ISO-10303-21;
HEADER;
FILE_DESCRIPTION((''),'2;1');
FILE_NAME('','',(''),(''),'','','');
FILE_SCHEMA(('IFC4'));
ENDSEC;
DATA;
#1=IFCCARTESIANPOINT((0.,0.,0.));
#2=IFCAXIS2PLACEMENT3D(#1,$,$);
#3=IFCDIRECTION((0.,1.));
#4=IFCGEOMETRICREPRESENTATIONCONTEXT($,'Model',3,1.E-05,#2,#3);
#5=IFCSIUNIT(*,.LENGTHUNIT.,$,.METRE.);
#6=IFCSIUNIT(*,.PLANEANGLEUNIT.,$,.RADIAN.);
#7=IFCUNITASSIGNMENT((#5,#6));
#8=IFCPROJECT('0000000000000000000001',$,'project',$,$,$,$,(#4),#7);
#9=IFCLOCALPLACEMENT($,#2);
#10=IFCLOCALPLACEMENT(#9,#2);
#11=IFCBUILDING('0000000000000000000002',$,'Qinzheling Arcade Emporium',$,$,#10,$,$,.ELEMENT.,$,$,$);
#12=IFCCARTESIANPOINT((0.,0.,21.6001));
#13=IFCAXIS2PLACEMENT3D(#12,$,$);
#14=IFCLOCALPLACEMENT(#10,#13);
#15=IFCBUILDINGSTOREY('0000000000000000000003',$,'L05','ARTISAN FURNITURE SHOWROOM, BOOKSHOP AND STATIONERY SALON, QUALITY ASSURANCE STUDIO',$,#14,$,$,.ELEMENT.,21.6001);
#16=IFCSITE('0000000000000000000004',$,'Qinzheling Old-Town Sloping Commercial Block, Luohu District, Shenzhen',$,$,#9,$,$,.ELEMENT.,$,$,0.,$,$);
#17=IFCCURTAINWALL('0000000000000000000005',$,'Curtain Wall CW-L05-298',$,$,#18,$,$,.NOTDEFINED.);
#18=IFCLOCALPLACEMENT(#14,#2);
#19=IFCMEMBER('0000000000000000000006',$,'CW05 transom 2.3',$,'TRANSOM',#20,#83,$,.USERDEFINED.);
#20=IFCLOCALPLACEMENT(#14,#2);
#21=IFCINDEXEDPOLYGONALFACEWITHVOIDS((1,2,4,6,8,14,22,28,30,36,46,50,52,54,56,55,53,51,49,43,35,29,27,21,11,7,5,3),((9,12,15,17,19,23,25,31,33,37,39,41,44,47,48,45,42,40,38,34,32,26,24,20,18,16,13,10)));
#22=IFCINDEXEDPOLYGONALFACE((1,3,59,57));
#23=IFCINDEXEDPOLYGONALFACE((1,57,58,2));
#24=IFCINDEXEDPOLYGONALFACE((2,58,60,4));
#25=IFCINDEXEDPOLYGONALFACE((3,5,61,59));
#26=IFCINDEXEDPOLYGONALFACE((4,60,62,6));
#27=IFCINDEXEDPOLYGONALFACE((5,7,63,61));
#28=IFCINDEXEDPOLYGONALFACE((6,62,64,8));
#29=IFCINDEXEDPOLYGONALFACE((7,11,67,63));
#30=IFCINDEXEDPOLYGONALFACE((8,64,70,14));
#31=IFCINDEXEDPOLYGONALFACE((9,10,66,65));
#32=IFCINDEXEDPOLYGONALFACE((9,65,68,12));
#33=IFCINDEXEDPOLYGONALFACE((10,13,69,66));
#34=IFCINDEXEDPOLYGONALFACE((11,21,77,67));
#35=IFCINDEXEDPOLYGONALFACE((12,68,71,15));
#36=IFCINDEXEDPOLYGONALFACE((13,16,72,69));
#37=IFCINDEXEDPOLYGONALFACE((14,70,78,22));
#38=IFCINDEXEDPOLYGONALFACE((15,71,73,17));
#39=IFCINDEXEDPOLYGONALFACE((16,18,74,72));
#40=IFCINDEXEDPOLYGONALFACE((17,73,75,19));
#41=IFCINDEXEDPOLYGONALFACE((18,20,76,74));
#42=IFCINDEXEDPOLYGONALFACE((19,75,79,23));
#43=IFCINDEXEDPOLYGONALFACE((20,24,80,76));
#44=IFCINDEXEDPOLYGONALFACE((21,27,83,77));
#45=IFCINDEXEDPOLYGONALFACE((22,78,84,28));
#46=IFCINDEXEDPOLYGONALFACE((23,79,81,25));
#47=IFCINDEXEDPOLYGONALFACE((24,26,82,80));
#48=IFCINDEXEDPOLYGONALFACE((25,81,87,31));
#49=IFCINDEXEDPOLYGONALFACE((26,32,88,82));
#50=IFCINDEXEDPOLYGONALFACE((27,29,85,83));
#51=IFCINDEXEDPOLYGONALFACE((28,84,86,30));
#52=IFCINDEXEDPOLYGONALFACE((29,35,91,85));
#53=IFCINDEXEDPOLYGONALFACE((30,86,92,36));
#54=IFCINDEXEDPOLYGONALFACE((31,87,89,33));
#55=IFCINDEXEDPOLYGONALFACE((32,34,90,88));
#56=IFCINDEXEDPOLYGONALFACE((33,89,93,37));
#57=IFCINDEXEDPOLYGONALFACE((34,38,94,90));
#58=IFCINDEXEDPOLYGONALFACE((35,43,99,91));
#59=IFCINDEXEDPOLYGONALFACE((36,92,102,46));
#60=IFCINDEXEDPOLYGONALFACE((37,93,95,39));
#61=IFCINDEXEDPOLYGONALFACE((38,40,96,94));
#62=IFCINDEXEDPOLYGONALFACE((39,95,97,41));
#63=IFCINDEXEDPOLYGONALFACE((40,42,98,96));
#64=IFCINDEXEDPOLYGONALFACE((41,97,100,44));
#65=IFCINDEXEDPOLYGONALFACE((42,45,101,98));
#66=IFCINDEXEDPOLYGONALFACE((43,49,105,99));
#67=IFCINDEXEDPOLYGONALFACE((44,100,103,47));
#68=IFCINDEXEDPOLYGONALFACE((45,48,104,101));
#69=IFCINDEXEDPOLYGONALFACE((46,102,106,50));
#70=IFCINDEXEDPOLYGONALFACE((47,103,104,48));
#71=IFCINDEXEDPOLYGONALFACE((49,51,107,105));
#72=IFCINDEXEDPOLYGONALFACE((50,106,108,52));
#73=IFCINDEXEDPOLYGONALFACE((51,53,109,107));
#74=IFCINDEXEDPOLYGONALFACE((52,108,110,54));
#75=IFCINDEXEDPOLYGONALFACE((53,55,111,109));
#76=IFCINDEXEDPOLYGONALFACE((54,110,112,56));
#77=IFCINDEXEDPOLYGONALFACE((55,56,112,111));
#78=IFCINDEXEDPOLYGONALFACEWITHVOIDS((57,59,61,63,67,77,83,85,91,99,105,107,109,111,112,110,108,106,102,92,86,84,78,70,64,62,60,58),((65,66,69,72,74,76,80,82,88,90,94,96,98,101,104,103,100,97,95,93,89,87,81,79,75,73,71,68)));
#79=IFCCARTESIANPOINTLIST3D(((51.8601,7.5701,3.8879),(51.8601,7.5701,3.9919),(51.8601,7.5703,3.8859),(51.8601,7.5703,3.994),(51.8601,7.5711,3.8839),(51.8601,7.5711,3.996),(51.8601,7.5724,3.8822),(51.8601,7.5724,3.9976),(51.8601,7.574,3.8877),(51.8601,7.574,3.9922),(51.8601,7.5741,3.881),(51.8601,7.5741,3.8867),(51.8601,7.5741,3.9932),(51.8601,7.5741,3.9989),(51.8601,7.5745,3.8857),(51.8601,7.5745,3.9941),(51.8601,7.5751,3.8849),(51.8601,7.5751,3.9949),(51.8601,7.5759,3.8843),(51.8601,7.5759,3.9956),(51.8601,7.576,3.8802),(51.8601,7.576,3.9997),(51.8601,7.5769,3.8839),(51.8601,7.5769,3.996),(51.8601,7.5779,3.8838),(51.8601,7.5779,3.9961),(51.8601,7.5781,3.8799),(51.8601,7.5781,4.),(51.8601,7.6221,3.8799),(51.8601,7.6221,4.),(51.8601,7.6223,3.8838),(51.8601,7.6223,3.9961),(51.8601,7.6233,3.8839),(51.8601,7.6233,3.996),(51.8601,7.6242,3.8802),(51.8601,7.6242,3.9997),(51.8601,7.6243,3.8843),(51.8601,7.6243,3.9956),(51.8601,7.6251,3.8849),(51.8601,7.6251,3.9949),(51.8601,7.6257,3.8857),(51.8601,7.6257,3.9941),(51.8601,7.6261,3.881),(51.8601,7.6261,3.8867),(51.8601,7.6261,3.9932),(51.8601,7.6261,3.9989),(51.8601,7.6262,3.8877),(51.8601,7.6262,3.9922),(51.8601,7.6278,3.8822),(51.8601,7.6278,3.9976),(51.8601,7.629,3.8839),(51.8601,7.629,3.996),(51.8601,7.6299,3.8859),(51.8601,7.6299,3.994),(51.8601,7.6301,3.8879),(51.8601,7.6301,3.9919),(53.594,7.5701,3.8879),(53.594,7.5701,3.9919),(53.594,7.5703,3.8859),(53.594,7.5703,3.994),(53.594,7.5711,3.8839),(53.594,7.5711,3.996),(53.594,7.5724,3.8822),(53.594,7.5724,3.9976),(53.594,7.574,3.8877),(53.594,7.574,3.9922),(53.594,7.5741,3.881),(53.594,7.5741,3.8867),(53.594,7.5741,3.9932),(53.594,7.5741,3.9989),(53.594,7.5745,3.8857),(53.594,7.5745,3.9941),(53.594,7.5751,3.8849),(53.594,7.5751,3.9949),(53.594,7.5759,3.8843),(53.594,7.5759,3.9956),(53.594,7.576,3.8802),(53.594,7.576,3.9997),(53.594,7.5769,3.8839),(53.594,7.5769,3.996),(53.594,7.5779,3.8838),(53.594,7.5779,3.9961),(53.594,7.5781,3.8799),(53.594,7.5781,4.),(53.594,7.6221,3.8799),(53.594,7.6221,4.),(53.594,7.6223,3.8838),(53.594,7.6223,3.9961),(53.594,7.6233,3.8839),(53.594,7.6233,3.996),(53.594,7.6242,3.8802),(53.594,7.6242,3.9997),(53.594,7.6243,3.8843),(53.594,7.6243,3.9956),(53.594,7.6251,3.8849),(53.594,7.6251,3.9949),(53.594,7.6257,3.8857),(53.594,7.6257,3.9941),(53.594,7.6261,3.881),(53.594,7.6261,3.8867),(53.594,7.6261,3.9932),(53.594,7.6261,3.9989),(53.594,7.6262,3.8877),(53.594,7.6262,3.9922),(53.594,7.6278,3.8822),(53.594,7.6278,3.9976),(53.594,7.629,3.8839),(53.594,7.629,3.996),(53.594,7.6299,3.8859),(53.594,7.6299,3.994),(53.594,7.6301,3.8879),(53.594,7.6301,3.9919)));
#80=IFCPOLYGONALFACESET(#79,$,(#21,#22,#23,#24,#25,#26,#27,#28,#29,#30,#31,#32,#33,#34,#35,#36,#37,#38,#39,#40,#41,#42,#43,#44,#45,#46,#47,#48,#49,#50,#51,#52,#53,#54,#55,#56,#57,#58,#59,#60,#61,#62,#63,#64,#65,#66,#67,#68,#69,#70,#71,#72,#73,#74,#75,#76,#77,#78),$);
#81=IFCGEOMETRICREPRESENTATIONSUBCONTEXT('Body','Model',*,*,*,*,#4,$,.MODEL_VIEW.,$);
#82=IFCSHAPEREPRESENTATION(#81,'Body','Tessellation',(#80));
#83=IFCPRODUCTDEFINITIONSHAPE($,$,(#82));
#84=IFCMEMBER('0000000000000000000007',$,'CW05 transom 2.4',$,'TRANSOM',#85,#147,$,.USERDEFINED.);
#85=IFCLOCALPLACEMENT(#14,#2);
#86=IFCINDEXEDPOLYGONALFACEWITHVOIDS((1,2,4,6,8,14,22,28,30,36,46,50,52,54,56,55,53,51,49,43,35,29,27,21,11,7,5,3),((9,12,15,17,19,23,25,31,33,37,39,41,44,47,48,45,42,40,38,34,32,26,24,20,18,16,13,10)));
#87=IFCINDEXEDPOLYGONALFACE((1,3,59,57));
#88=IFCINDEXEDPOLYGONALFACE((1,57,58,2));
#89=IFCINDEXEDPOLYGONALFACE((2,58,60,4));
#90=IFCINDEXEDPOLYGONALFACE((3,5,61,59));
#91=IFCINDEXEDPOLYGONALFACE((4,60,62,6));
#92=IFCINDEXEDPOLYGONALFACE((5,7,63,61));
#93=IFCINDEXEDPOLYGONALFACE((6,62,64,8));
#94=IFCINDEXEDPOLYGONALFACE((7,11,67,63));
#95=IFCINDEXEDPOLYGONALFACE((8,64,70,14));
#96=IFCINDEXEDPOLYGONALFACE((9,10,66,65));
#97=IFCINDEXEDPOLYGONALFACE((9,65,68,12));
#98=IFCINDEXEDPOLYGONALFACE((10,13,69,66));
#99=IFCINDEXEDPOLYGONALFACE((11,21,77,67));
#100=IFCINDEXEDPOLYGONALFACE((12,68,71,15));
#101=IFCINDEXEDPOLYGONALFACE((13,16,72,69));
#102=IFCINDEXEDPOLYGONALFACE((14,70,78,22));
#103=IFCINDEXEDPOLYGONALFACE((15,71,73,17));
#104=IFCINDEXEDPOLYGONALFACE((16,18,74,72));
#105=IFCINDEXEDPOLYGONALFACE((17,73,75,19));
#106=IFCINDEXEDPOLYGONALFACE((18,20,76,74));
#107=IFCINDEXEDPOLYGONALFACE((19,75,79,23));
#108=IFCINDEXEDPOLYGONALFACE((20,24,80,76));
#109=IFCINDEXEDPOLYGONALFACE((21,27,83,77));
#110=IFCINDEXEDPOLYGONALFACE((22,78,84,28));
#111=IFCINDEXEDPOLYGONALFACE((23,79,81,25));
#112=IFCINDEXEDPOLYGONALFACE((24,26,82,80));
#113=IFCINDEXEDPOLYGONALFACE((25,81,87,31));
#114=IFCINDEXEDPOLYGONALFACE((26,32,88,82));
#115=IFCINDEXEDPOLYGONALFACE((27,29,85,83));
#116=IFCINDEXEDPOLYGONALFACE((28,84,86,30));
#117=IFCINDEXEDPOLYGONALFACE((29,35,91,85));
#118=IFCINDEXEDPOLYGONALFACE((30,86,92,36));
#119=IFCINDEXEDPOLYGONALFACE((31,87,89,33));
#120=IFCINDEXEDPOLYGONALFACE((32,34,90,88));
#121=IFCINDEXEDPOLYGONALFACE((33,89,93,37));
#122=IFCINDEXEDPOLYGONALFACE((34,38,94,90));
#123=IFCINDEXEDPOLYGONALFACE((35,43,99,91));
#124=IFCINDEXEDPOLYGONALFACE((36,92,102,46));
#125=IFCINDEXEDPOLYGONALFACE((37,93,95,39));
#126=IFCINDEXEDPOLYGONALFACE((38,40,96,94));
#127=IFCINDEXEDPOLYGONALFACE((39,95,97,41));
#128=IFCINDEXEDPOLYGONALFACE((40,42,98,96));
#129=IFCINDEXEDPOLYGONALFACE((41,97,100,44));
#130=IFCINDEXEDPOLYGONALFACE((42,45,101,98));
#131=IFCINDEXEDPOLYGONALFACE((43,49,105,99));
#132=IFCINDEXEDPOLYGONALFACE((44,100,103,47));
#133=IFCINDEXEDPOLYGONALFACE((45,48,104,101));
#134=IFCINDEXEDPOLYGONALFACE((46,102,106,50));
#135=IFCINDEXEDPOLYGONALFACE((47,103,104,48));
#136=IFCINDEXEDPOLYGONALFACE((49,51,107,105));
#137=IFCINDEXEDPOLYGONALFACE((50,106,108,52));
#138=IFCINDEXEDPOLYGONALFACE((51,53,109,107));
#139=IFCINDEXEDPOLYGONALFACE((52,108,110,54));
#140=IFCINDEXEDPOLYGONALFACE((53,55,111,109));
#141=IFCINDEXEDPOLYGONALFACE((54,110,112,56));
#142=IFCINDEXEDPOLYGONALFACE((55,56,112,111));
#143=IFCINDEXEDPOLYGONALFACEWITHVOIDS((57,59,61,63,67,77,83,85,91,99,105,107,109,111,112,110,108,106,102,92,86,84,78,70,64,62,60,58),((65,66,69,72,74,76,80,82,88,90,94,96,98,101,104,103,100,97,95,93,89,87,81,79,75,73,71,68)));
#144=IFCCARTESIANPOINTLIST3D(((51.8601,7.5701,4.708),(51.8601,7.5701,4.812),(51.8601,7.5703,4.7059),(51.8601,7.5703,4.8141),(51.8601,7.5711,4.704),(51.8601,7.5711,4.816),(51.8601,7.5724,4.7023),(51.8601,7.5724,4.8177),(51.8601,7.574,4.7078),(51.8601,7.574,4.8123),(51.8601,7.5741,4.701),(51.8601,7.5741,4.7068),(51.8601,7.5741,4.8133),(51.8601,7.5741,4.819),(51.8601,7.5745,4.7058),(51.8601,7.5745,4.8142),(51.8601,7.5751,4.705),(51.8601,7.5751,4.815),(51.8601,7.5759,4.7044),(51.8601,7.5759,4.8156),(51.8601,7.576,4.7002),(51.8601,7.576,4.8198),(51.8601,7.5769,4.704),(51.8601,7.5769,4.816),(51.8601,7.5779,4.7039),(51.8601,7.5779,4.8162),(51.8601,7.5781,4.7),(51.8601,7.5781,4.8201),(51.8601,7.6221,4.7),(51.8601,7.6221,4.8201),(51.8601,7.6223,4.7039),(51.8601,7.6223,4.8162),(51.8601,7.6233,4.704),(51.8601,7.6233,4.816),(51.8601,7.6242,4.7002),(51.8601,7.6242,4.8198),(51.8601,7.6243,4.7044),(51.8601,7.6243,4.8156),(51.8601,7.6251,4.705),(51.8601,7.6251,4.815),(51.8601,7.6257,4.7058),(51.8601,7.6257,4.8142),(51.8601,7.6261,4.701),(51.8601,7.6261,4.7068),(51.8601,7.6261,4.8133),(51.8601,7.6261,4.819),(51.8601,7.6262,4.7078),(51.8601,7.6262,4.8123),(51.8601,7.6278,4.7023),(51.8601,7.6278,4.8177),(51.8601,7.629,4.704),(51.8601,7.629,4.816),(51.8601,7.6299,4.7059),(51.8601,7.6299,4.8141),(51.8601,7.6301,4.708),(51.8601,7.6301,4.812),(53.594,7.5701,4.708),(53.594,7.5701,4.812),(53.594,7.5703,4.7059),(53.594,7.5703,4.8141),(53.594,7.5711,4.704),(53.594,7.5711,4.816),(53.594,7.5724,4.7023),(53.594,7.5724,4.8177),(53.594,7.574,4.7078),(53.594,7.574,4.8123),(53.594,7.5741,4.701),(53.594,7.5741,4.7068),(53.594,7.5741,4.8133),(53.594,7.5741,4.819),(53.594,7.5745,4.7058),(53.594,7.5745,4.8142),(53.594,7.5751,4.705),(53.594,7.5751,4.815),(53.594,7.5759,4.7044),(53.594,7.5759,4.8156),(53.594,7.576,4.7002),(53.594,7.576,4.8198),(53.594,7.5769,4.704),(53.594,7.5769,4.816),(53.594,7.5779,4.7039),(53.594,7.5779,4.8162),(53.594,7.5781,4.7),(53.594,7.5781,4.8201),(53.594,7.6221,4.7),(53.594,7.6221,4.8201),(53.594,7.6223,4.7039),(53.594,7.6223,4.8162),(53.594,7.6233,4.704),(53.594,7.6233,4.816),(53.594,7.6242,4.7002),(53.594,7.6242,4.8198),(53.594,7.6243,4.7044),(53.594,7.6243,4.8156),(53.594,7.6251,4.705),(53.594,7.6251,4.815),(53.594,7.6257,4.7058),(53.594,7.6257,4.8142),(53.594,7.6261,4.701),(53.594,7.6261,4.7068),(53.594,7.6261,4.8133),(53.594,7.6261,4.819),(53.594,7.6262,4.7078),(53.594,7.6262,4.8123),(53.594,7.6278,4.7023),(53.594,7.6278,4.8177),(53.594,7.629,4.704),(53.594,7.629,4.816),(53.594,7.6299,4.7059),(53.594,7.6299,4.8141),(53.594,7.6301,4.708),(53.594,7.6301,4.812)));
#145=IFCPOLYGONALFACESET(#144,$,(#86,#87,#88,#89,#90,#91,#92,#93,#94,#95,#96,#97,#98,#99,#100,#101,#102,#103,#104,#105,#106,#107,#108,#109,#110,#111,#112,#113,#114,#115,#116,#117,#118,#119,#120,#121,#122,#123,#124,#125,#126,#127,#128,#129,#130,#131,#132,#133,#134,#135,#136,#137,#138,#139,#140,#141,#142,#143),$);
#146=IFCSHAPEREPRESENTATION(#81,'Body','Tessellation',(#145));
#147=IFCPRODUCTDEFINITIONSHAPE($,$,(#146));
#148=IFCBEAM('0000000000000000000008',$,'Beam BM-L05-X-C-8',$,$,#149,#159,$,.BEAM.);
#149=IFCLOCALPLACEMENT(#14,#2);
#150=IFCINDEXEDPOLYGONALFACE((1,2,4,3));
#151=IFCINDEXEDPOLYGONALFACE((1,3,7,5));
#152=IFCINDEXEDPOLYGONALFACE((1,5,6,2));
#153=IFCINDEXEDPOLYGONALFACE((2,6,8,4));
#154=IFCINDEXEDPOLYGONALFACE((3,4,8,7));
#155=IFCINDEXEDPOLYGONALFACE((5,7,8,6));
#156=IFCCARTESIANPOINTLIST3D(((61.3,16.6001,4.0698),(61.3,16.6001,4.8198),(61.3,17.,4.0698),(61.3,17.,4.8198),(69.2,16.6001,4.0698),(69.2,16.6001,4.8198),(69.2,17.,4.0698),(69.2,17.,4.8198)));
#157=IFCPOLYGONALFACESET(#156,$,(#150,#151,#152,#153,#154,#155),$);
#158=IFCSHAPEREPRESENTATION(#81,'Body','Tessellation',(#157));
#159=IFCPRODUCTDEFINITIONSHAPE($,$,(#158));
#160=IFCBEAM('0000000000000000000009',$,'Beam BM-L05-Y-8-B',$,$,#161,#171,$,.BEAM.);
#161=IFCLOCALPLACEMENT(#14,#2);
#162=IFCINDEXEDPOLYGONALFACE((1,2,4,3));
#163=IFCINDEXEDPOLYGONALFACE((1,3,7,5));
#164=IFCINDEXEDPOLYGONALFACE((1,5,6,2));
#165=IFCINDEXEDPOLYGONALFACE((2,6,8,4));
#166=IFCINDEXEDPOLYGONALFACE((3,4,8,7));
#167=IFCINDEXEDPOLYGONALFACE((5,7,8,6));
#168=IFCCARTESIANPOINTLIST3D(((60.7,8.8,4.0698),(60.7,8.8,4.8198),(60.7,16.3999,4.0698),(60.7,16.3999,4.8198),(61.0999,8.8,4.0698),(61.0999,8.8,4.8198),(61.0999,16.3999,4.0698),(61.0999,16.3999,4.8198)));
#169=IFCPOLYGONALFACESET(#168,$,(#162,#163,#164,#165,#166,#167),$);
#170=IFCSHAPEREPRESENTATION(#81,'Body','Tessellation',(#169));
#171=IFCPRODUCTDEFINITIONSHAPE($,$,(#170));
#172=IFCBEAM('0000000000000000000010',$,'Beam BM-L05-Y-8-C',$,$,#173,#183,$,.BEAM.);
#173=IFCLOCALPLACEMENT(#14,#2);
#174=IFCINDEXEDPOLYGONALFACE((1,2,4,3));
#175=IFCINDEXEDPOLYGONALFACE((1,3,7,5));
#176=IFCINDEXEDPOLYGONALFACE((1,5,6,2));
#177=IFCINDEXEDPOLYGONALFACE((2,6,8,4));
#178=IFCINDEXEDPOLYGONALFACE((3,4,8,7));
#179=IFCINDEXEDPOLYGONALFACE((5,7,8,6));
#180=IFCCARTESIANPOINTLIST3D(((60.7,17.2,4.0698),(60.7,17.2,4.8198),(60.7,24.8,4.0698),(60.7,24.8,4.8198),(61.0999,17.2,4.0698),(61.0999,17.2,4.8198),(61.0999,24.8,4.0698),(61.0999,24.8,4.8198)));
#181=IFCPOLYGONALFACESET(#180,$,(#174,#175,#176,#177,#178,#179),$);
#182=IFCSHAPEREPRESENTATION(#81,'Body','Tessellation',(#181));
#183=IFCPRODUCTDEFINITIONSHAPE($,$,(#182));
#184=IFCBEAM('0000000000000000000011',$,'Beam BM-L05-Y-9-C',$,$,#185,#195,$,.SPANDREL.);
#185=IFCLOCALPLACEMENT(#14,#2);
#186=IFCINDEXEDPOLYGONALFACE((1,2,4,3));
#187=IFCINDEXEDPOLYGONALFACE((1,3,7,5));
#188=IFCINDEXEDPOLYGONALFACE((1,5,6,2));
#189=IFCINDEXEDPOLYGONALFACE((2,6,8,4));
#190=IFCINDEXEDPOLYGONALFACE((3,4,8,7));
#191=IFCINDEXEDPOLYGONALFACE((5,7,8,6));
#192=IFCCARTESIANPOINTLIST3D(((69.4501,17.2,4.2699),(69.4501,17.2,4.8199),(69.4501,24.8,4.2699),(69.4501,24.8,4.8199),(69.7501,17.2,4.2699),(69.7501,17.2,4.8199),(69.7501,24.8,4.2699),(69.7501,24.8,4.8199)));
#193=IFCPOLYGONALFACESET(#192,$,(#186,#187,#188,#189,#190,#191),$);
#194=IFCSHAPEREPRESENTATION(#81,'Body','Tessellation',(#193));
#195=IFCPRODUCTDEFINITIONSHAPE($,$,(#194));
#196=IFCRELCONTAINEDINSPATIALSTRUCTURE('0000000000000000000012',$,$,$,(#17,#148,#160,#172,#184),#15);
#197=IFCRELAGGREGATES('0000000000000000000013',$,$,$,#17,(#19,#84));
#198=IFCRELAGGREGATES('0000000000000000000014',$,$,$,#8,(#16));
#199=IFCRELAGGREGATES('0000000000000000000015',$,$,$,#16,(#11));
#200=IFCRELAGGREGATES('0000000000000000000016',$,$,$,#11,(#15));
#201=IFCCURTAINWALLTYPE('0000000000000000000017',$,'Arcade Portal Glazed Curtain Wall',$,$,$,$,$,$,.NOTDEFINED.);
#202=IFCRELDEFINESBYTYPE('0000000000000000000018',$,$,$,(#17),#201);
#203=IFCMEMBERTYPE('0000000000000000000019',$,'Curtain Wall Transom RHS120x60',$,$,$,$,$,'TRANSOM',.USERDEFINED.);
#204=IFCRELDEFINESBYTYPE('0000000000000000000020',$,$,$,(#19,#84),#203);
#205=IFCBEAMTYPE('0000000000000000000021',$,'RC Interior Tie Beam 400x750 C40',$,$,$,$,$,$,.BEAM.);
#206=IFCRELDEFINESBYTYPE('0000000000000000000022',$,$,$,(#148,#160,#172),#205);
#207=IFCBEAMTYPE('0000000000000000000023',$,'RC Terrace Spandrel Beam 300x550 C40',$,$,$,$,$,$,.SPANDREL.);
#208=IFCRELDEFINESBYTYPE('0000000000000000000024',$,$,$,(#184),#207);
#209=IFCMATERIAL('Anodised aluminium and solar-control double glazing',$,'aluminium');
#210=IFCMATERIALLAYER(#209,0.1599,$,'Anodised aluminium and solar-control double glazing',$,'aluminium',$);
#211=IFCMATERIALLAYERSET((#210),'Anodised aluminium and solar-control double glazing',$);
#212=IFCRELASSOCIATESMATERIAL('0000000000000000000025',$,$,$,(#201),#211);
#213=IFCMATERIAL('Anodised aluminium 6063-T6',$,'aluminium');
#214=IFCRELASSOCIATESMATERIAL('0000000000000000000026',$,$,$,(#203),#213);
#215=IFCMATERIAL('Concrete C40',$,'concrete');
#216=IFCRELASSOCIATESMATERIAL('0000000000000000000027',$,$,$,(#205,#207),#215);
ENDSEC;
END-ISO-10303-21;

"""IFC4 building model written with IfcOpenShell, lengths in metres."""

from ifc_helpers import new_model, si_unit, direction, frame, origin, origin_2d, place, context, subcontext, project, spatial, rectangle, hollow_rectangle, extrude, material, layer, layer_set, material_profile, profile_set, type_object, element, aggregate, save


model = new_model("IFC4")

# Units and contexts
model_context = context("Model", 3, precision=1e-05, world=origin(), true_north=direction((0.0, 1.0)))
body_context = subcontext(model_context, "Body", "Model", "MODEL_VIEW")
ifc_project = project(units=[si_unit("LENGTHUNIT", "METRE"), si_unit("PLANEANGLEUNIT", "RADIAN")], contexts=[model_context])

# Site, building, storey
site_placement = place(None, origin())
site = spatial("IfcSite", under=ifc_project, at=site_placement, Name="Qinzheling Old-Town Sloping Commercial Block, Luohu District, Shenzhen", CompositionType="ELEMENT", RefElevation=0.0)
building_placement = place(site_placement, origin())
building = spatial("IfcBuilding", under=site, at=building_placement, Name="Qinzheling Arcade Emporium", CompositionType="ELEMENT")
storey_placement = place(building_placement, frame((0.0, 0.0, 21.6001)))
storey = spatial("IfcBuildingStorey", under=building, at=storey_placement, Name="L05", Description="ARTISAN FURNITURE SHOWROOM, BOOKSHOP AND STATIONERY SALON, QUALITY ASSURANCE STUDIO", CompositionType="ELEMENT", Elevation=21.6001)

# Shared definitions
ifc_material_1 = material(Name="Concrete C40", Category="concrete")

# Curtain wall, members
ifc_material_2 = material(Name="Anodised aluminium and solar-control double glazing", Category="aluminium")
ifc_layer_1 = layer(ifc_material_2, 0.1599, Name="Anodised aluminium and solar-control double glazing", Category="aluminium")
ifc_layer_set_1 = layer_set([ifc_layer_1], Name="Anodised aluminium and solar-control double glazing")
curtain_wall_type = type_object("IfcCurtainWallType", Name="Arcade Portal Glazed Curtain Wall", PredefinedType="NOTDEFINED", material=ifc_layer_set_1)
curtain_wall_placement = place(storey_placement, origin())
curtain_wall = element("IfcCurtainWall", 1, at=curtain_wall_placement, inside=storey, type_object=curtain_wall_type, Name="Curtain Wall CW-L05-298", PredefinedType="NOTDEFINED")
ifc_material_3 = material(Name="Anodised aluminium 6063-T6", Category="aluminium")
ifc_material_profile_1 = material_profile(ifc_material_3, hollow_rectangle(XDim=0.0601, YDim=0.1201, WallThickness=0.0039, InnerFilletRadius=0.0039, OuterFilletRadius=0.0081, at=origin_2d()), Name="RHS 120x60x4", Category="aluminium")
ifc_profile_set_1 = profile_set([ifc_material_profile_1], Name="Anodised aluminium 6063-T6")
member_type_1 = type_object("IfcMemberType", Name="Curtain Wall Transom RHS120x60", ElementType="TRANSOM", PredefinedType="USERDEFINED", material=ifc_profile_set_1)
member_1_placement = place(storey_placement, frame((53.594, 7.6001, 3.9399), z_axis=(-1.0, 0.0, 0.0), x_axis=(0.0, -1.0, 0.0)))
member_1 = element("IfcMember", 2, at=member_1_placement, type_object=member_type_1, Name="CW05 transom 2.3", ObjectType="TRANSOM", PredefinedType="USERDEFINED", context=body_context, shape_type="SweptSolid", body=[
    extrude(hollow_rectangle(XDim=0.0601, YDim=0.1201, WallThickness=0.0039, InnerFilletRadius=0.0039, OuterFilletRadius=0.0081, at=origin_2d()), origin(), (0.0, 0.0, 1.0), 1.7339),
])
member_2_placement = place(storey_placement, frame((53.594, 7.6001, 4.76), z_axis=(-1.0, 0.0, 0.0), x_axis=(0.0, -1.0, 0.0)))
member_2 = element("IfcMember", 3, at=member_2_placement, type_object=member_type_1, Name="CW05 transom 2.4", ObjectType="TRANSOM", PredefinedType="USERDEFINED", context=body_context, shape_type="SweptSolid", body=[
    extrude(hollow_rectangle(XDim=0.0601, YDim=0.1201, WallThickness=0.0039, InnerFilletRadius=0.0039, OuterFilletRadius=0.0081, at=origin_2d()), origin(), (0.0, 0.0, 1.0), 1.7339),
])

# Beams
ifc_material_profile_2 = material_profile(ifc_material_1, rectangle(XDim=0.3999, YDim=0.75, at=origin_2d()), Name="RC 400x750", Category="concrete")
ifc_profile_set_2 = profile_set([ifc_material_profile_2], Name="Concrete C40")
beam_type_1 = type_object("IfcBeamType", Name="RC Interior Tie Beam 400x750 C40", PredefinedType="BEAM", material=ifc_profile_set_2)
beam_1_placement = place(storey_placement, frame((61.3, 16.8, 4.4448), z_axis=(1.0, 0.0, 0.0), x_axis=(0.0, 1.0, 0.0)))
element("IfcBeam", 4, at=beam_1_placement, inside=storey, type_object=beam_type_1, Name="Beam BM-L05-X-C-8", PredefinedType="BEAM", context=body_context, shape_type="SweptSolid", body=[
    extrude(rectangle(XDim=0.3999, YDim=0.75, at=origin_2d()), origin(), (0.0, 0.0, 1.0), 7.8999),
])
beam_2_placement = place(storey_placement, frame((60.8999, 8.8, 4.4448), z_axis=(0.0, 1.0, 0.0), x_axis=(-1.0, 0.0, 0.0)))
element("IfcBeam", 5, at=beam_2_placement, inside=storey, type_object=beam_type_1, Name="Beam BM-L05-Y-8-B", PredefinedType="BEAM", context=body_context, shape_type="SweptSolid", body=[
    extrude(rectangle(XDim=0.3999, YDim=0.75, at=origin_2d()), origin(), (0.0, 0.0, 1.0), 7.5999),
])
beam_3_placement = place(storey_placement, frame((60.8999, 17.2, 4.4448), z_axis=(0.0, 1.0, 0.0), x_axis=(-1.0, 0.0, 0.0)))
element("IfcBeam", 6, at=beam_3_placement, inside=storey, type_object=beam_type_1, Name="Beam BM-L05-Y-8-C", PredefinedType="BEAM", context=body_context, shape_type="SweptSolid", body=[
    extrude(rectangle(XDim=0.3999, YDim=0.75, at=origin_2d()), origin(), (0.0, 0.0, 1.0), 7.6001),
])
ifc_material_profile_3 = material_profile(ifc_material_1, rectangle(XDim=0.3, YDim=0.55, at=origin_2d()), Name="RC 300x550", Category="concrete")
ifc_profile_set_3 = profile_set([ifc_material_profile_3], Name="Concrete C40")
beam_type_2 = type_object("IfcBeamType", Name="RC Terrace Spandrel Beam 300x550 C40", PredefinedType="SPANDREL", material=ifc_profile_set_3)
beam_4_placement = place(storey_placement, frame((69.6001, 17.2, 4.5449), z_axis=(0.0, 1.0, 0.0), x_axis=(-1.0, 0.0, 0.0)))
element("IfcBeam", 7, at=beam_4_placement, inside=storey, type_object=beam_type_2, Name="Beam BM-L05-Y-9-C", PredefinedType="SPANDREL", context=body_context, shape_type="SweptSolid", body=[
    extrude(rectangle(XDim=0.3, YDim=0.55, at=origin_2d()), origin(), (0.0, 0.0, 1.0), 7.6001),
])

aggregate(curtain_wall, [member_1, member_2])

save(model, "model.ifc")
